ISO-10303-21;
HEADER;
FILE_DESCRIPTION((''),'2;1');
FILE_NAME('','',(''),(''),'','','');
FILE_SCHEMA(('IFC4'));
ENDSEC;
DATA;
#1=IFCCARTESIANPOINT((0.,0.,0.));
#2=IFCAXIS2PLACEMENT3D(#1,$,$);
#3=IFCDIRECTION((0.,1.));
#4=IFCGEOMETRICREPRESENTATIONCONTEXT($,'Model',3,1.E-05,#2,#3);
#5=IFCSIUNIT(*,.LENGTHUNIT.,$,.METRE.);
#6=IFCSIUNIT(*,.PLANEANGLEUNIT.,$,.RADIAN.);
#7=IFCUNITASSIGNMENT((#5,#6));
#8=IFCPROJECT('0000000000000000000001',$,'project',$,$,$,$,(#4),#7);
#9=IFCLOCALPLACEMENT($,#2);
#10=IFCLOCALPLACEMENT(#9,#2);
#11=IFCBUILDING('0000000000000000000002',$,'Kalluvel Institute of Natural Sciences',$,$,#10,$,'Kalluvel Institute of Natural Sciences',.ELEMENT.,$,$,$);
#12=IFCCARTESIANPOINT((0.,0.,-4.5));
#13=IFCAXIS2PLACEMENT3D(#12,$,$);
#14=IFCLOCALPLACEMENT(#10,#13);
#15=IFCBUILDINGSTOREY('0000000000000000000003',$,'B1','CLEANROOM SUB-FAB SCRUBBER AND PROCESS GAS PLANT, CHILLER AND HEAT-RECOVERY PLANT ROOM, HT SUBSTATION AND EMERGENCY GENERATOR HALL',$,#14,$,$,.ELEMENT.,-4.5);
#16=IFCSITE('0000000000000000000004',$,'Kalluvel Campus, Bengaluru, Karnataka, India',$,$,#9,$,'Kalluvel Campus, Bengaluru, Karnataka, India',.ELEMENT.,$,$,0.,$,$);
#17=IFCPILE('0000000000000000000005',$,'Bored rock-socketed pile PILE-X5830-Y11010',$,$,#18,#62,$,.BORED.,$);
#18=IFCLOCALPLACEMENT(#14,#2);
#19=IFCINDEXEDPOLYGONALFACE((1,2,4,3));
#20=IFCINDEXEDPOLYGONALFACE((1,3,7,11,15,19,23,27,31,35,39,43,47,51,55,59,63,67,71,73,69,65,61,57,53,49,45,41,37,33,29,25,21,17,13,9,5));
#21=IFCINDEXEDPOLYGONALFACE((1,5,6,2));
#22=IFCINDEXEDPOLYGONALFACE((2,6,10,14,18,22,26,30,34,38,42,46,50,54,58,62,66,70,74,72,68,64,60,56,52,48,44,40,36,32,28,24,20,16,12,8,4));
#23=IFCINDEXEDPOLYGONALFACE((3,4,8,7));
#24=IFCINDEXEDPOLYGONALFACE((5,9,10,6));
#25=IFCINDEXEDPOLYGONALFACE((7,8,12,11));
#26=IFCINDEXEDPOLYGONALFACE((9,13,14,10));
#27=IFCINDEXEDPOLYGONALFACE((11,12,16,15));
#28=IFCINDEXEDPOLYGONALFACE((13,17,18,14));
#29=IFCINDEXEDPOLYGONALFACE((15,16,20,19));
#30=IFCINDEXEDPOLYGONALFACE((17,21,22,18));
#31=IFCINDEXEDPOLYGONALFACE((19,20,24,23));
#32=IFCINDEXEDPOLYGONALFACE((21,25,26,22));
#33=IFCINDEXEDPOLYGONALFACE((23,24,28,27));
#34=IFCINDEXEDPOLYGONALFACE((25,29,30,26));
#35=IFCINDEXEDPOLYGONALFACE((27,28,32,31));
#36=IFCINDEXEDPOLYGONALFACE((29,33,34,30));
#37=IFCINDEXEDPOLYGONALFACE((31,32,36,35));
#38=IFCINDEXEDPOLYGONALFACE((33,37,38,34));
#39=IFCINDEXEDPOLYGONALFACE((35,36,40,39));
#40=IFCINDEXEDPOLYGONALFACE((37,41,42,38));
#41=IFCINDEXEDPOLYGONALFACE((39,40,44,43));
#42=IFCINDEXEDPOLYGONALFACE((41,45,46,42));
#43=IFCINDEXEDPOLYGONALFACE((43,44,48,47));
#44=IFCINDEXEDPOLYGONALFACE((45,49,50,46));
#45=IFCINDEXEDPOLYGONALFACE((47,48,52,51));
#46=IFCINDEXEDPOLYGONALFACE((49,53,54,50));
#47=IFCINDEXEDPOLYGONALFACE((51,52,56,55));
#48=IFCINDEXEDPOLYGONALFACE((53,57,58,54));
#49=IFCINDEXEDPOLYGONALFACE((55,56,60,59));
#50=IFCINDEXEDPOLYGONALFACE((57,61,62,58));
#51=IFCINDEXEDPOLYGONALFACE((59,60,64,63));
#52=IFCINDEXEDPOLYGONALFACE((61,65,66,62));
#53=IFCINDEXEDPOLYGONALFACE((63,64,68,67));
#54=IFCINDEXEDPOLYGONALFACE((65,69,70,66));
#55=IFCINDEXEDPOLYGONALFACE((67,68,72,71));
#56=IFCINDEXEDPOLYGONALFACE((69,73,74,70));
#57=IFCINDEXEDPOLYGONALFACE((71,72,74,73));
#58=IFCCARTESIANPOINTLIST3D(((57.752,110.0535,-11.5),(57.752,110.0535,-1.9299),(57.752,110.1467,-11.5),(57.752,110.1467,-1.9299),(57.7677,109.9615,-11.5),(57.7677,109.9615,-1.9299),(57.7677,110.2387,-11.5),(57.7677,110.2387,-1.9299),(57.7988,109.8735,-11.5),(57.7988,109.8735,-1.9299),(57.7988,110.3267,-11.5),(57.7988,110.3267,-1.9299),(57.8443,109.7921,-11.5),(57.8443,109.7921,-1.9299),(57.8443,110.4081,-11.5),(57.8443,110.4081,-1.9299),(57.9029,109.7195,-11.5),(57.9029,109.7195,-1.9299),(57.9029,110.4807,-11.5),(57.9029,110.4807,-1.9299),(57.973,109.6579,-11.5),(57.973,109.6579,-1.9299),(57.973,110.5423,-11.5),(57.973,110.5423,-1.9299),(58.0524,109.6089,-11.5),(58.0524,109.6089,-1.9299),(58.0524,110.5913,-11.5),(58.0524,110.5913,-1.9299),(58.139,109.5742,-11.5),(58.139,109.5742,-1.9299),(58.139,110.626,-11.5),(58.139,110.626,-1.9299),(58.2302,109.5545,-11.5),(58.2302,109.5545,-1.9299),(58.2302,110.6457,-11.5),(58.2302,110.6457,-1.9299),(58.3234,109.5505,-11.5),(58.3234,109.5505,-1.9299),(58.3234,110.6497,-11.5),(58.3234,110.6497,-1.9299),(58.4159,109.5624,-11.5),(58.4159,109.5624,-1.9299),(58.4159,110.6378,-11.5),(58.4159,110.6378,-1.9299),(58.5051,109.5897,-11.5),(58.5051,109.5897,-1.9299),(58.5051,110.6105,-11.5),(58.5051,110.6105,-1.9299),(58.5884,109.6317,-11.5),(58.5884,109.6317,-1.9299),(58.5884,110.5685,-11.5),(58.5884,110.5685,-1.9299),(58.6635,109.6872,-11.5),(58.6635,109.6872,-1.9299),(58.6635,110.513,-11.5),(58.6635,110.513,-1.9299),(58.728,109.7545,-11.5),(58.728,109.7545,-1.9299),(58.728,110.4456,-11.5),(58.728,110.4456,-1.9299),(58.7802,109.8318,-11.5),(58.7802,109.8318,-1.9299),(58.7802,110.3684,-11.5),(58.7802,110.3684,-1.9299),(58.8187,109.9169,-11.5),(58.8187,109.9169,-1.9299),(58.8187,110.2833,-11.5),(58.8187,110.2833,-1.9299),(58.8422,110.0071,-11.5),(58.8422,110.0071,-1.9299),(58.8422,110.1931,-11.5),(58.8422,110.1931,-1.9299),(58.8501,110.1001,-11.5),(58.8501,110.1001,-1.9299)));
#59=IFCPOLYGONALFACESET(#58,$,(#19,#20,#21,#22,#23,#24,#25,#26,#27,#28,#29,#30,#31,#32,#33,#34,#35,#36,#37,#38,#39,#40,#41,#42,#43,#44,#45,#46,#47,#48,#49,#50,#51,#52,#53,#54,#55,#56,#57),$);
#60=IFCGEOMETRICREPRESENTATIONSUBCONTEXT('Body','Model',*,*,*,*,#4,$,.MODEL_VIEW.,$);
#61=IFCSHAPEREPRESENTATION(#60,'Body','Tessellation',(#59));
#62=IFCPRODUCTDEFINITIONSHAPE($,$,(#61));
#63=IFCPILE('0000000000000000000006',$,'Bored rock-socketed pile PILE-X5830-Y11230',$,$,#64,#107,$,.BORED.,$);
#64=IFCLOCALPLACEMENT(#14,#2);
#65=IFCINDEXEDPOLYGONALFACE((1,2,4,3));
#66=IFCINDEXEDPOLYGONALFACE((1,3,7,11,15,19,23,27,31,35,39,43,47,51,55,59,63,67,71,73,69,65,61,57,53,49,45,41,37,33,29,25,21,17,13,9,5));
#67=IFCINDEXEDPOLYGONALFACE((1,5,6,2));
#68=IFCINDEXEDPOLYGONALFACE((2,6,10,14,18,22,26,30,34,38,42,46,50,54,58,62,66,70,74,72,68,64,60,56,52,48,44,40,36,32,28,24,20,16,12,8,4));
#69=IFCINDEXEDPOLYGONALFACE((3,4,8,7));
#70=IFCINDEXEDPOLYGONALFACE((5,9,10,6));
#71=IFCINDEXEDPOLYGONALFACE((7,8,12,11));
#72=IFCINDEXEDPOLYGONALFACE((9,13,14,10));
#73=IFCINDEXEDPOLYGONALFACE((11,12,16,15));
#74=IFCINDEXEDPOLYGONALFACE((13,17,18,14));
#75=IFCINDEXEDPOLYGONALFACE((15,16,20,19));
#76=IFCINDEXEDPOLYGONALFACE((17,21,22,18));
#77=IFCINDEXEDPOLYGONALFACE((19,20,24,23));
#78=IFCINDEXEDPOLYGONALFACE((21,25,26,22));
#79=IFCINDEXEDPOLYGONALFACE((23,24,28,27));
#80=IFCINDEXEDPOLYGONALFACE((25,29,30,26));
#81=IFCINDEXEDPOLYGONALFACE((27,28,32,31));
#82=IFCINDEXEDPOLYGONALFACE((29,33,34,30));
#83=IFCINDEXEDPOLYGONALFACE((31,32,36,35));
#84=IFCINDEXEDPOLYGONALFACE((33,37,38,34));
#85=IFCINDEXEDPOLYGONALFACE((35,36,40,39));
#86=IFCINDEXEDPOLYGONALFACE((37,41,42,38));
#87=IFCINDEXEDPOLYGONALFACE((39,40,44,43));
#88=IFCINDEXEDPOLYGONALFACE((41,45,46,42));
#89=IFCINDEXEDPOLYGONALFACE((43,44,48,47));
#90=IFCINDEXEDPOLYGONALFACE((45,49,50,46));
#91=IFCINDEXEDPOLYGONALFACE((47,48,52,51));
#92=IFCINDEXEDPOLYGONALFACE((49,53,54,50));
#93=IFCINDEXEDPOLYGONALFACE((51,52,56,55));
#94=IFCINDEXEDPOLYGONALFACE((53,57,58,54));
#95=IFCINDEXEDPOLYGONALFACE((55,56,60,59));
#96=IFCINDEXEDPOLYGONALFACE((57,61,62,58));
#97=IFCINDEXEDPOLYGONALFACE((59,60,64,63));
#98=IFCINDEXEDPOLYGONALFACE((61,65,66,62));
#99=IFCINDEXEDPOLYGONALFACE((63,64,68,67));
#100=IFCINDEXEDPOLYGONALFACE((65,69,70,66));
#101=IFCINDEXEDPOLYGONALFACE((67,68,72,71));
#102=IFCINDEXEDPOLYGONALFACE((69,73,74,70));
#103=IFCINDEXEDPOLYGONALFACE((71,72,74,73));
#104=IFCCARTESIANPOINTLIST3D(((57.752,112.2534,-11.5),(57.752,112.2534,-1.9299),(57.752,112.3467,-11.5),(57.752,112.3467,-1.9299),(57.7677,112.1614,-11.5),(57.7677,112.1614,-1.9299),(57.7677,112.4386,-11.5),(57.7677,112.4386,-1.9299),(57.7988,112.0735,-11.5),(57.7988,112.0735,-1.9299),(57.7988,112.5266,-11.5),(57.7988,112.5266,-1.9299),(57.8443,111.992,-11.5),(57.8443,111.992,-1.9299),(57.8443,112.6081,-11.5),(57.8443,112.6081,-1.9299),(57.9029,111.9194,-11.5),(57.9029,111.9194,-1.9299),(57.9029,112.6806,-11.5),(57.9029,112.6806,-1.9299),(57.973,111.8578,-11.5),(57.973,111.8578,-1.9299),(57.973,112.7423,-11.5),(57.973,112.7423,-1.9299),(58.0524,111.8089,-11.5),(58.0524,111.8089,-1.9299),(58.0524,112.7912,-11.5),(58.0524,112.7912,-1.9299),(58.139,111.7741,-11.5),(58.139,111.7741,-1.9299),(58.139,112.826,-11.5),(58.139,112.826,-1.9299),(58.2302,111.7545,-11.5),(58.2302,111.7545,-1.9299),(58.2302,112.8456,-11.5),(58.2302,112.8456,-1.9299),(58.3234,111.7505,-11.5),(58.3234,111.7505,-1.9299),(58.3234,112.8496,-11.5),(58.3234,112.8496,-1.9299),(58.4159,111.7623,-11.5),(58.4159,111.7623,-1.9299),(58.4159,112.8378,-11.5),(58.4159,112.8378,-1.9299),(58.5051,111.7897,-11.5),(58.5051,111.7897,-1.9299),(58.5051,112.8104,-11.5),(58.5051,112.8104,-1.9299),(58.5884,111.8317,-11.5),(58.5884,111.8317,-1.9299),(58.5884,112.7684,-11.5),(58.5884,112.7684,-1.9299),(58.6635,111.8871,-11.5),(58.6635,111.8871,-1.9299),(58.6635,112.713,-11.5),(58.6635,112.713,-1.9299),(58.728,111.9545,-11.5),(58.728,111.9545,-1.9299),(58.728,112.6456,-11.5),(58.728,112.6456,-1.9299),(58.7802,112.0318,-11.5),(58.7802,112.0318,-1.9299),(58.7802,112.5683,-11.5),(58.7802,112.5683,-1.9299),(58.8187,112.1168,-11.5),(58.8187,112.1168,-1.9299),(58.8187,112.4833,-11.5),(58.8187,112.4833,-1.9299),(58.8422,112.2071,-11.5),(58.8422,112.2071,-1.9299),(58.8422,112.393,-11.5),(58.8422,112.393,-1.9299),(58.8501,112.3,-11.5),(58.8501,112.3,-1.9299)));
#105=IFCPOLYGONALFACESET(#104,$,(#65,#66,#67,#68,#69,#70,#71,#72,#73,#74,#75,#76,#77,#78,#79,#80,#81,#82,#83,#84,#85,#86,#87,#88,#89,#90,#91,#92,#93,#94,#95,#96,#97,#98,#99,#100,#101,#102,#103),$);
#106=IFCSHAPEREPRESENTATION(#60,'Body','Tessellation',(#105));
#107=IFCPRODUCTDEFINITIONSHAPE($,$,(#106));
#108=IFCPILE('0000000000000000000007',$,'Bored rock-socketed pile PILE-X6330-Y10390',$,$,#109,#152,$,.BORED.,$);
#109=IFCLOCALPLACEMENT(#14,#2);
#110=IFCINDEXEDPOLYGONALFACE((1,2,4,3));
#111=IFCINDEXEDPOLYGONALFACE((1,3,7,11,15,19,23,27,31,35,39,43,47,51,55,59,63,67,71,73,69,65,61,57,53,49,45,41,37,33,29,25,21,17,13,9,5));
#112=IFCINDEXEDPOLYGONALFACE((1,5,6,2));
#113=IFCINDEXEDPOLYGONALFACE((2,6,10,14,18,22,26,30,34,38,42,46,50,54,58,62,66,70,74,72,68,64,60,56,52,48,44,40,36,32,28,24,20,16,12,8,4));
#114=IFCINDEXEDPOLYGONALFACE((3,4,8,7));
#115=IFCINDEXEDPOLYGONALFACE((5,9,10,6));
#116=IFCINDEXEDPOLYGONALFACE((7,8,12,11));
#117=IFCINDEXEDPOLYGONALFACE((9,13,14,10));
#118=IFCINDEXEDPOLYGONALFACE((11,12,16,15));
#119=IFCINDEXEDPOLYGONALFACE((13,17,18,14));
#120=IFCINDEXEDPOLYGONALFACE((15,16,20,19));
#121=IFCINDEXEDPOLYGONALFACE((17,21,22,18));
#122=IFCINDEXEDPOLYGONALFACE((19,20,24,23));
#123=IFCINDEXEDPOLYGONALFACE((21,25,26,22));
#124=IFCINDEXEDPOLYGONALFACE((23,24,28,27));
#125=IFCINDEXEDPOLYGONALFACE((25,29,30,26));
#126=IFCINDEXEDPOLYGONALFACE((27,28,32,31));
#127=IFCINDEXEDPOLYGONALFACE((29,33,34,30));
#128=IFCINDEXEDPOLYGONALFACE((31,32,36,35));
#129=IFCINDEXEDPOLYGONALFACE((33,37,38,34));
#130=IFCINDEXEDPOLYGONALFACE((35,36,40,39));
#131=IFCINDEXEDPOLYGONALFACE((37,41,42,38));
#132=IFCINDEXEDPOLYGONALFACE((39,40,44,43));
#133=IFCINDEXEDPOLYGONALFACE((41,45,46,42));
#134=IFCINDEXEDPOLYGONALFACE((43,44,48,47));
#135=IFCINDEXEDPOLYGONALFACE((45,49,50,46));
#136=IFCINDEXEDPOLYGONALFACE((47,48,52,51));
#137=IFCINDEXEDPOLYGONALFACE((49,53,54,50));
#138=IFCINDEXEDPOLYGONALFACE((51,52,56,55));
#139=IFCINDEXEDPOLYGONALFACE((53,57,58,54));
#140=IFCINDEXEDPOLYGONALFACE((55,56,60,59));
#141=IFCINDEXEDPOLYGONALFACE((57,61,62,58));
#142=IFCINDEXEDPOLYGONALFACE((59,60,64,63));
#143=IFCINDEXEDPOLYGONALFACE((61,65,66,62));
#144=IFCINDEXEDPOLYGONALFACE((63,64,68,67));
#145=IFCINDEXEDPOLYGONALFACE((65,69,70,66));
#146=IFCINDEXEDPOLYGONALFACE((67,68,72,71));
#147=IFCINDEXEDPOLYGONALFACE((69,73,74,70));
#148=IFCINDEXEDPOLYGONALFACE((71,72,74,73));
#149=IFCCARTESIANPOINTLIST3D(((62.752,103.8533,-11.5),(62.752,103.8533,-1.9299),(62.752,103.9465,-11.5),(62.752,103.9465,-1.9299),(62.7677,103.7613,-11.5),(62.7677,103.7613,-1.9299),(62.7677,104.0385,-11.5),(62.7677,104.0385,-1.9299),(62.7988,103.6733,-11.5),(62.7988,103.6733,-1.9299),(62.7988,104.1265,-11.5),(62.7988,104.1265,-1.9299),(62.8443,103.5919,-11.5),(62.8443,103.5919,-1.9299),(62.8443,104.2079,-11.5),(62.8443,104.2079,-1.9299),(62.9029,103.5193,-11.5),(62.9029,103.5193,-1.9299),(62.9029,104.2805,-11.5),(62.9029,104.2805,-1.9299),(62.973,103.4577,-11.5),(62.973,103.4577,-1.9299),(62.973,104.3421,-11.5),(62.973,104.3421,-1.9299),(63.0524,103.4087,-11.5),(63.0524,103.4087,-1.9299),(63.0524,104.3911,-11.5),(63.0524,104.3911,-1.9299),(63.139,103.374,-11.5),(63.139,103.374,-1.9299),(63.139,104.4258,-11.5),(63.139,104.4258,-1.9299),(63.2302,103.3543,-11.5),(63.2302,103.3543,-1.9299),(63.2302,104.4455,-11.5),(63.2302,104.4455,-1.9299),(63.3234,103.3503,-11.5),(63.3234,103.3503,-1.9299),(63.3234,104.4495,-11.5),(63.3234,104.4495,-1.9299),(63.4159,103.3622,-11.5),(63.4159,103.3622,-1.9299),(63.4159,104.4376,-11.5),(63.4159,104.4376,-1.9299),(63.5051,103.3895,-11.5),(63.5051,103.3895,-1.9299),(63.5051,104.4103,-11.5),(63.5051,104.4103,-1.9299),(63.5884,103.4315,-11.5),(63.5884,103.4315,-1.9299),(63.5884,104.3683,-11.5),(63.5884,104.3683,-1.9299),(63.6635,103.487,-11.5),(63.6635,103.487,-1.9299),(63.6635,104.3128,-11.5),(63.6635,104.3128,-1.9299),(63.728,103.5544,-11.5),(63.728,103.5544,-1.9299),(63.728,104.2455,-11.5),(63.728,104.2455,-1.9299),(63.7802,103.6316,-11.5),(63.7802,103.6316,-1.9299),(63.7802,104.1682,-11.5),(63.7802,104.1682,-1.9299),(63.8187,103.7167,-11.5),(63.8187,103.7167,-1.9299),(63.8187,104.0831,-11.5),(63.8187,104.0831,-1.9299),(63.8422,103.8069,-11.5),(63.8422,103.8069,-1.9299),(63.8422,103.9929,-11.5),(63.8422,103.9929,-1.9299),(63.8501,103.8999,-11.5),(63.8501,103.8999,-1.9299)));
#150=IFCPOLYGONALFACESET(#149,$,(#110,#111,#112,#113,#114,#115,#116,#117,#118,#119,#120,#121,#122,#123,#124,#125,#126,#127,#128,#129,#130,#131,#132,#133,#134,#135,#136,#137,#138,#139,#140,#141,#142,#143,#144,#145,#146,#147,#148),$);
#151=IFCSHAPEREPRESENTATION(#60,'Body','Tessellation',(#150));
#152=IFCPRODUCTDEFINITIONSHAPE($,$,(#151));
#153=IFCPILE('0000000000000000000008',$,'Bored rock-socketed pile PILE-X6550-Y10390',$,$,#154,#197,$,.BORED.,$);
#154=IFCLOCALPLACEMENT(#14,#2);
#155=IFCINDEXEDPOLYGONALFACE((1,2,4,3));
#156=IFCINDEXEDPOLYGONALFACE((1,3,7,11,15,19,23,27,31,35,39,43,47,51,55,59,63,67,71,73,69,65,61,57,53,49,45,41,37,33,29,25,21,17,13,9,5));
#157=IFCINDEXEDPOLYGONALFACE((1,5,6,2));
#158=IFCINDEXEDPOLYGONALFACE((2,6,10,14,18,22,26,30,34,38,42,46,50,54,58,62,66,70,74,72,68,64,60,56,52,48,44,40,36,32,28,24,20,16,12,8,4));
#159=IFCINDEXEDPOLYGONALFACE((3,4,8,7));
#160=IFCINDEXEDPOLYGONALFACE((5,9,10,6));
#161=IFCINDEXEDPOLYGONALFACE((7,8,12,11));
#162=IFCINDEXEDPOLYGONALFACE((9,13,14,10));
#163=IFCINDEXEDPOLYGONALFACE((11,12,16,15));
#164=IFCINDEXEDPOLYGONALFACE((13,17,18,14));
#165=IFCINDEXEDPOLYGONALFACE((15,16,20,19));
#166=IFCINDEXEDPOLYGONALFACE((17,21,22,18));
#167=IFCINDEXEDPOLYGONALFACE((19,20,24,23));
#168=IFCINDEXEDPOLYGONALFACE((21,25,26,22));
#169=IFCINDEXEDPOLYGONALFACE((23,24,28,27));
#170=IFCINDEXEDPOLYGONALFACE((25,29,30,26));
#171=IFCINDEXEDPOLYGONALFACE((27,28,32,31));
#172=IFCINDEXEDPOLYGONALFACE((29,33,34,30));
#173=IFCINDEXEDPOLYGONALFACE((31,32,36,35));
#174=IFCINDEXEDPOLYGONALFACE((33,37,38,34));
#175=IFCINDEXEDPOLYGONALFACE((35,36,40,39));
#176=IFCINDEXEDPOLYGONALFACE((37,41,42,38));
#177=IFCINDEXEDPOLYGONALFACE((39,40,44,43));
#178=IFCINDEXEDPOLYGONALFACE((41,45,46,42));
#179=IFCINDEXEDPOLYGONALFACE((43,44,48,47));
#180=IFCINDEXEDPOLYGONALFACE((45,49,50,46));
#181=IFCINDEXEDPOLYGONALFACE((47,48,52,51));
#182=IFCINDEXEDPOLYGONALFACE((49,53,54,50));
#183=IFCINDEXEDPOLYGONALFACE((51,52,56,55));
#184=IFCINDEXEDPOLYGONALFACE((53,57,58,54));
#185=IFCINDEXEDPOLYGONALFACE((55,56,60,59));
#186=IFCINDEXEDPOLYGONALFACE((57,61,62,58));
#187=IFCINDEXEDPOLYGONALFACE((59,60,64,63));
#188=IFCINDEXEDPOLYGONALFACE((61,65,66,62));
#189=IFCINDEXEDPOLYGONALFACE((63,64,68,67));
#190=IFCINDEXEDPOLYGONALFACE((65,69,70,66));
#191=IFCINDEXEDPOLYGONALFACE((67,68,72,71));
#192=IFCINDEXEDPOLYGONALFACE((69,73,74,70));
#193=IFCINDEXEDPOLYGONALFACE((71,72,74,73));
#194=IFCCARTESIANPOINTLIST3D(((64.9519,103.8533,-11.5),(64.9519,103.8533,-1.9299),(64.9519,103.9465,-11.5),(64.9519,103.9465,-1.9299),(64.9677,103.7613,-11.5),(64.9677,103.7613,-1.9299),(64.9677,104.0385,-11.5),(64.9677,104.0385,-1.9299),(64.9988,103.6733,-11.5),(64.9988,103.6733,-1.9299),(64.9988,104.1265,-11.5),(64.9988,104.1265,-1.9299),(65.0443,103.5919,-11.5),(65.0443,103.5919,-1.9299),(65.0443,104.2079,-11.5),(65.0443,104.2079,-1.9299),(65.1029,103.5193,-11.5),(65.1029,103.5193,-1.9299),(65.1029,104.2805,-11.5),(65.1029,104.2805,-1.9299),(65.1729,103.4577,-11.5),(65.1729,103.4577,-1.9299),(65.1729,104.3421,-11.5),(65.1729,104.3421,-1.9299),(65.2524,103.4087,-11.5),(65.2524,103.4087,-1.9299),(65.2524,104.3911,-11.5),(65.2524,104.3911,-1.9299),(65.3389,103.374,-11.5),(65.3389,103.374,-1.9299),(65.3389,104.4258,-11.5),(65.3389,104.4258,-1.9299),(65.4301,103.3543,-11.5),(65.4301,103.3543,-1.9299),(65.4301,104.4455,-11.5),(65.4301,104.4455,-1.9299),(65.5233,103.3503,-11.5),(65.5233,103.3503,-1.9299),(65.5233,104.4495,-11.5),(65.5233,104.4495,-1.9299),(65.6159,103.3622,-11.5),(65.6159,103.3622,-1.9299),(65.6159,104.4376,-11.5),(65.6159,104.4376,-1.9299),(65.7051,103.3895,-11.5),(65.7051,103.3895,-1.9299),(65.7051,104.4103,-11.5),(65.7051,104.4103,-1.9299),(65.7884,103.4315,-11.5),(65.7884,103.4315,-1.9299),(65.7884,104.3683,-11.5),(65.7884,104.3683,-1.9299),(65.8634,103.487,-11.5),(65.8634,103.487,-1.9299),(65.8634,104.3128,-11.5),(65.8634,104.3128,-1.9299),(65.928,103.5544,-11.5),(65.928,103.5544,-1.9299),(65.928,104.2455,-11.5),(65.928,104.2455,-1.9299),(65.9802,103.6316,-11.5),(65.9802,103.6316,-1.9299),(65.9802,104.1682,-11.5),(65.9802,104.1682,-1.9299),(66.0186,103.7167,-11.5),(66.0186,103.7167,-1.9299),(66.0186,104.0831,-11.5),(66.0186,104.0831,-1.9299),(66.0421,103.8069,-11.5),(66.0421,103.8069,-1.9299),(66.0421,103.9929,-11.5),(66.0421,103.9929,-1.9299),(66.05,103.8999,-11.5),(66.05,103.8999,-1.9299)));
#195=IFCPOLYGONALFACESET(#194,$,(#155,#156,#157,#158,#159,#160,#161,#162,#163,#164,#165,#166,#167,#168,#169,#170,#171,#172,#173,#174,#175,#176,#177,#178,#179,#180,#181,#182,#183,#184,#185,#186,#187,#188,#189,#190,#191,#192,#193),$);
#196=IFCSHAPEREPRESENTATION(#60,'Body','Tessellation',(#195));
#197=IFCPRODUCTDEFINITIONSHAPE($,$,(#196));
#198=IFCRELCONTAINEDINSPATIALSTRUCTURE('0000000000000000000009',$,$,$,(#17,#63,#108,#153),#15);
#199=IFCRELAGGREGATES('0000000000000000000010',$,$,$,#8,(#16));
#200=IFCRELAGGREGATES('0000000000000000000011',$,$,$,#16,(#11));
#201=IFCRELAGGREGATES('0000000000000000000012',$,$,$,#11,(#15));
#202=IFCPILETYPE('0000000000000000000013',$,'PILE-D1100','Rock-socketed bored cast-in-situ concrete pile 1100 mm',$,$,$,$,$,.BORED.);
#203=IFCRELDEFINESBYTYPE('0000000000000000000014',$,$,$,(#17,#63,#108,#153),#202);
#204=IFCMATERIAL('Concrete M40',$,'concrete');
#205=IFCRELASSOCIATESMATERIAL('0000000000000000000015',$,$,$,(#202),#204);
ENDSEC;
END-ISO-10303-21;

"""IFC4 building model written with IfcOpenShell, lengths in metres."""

from ifc_helpers import new_model, si_unit, direction, frame, origin, origin_2d, place, context, subcontext, project, spatial, circle, extrude, material, material_profile, profile_set, type_object, element, save


model = new_model("IFC4")

# Units and contexts
model_context = context("Model", 3, precision=1e-05, world=origin(), true_north=direction((0.0, 1.0)))
body_context = subcontext(model_context, "Body", "Model", "MODEL_VIEW")
ifc_project = project(units=[si_unit("LENGTHUNIT", "METRE"), si_unit("PLANEANGLEUNIT", "RADIAN")], contexts=[model_context])

# Site, building, storey
site_placement = place(None, origin())
site = spatial("IfcSite", under=ifc_project, at=site_placement, Name="Kalluvel Campus, Bengaluru, Karnataka, India", LongName="Kalluvel Campus, Bengaluru, Karnataka, India", CompositionType="ELEMENT", RefElevation=0.0)
building_placement = place(site_placement, origin())
building = spatial("IfcBuilding", under=site, at=building_placement, Name="Kalluvel Institute of Natural Sciences", LongName="Kalluvel Institute of Natural Sciences", CompositionType="ELEMENT")
storey_placement = place(building_placement, frame((0.0, 0.0, -4.5)))
storey = spatial("IfcBuildingStorey", under=building, at=storey_placement, Name="B1", Description="CLEANROOM SUB-FAB SCRUBBER AND PROCESS GAS PLANT, CHILLER AND HEAT-RECOVERY PLANT ROOM, HT SUBSTATION AND EMERGENCY GENERATOR HALL", CompositionType="ELEMENT", Elevation=-4.5)

# Shared definitions
ifc_material_1 = material(Name="Concrete M40", Category="concrete")

# Piles
ifc_material_profile_1 = material_profile(ifc_material_1, circle(Radius=0.55, at=origin_2d()), Name="PILE D1100")
ifc_profile_set_1 = profile_set([ifc_material_profile_1], Name="Concrete M40")
pile_type_1 = type_object("IfcPileType", Name="PILE-D1100", Description="Rock-socketed bored cast-in-situ concrete pile 1100 mm", PredefinedType="BORED", material=ifc_profile_set_1)
for number, where, z_axis, x_axis, name in (
    (1, (58.3, 110.1001, -1.9299), (0.0, 0.0, -1.0), (1.0, 0.0, 0.0), "Bored rock-socketed pile PILE-X5830-Y11010"),
    (2, (58.3, 112.3, -1.9299), (0.0, 0.0, -1.0), (1.0, 0.0, 0.0), "Bored rock-socketed pile PILE-X5830-Y11230"),
    (3, (63.3, 103.8999, -1.9299), (0.0, 0.0, -1.0), (1.0, 0.0, 0.0), "Bored rock-socketed pile PILE-X6330-Y10390"),
    (4, (65.5, 103.8999, -1.9299), (0.0, 0.0, -1.0), (1.0, 0.0, 0.0), "Bored rock-socketed pile PILE-X6550-Y10390"),
):
    element("IfcPile", number, at=place(storey_placement, frame(where, z_axis=z_axis, x_axis=x_axis)), inside=storey, type_object=pile_type_1, Name=name, PredefinedType="BORED", context=body_context, shape_type="SweptSolid", body=[
        extrude(circle(Radius=0.55, at=origin_2d()), origin(), (0.0, 0.0, 1.0), 9.5701),
    ])

save(model, "model.ifc")
